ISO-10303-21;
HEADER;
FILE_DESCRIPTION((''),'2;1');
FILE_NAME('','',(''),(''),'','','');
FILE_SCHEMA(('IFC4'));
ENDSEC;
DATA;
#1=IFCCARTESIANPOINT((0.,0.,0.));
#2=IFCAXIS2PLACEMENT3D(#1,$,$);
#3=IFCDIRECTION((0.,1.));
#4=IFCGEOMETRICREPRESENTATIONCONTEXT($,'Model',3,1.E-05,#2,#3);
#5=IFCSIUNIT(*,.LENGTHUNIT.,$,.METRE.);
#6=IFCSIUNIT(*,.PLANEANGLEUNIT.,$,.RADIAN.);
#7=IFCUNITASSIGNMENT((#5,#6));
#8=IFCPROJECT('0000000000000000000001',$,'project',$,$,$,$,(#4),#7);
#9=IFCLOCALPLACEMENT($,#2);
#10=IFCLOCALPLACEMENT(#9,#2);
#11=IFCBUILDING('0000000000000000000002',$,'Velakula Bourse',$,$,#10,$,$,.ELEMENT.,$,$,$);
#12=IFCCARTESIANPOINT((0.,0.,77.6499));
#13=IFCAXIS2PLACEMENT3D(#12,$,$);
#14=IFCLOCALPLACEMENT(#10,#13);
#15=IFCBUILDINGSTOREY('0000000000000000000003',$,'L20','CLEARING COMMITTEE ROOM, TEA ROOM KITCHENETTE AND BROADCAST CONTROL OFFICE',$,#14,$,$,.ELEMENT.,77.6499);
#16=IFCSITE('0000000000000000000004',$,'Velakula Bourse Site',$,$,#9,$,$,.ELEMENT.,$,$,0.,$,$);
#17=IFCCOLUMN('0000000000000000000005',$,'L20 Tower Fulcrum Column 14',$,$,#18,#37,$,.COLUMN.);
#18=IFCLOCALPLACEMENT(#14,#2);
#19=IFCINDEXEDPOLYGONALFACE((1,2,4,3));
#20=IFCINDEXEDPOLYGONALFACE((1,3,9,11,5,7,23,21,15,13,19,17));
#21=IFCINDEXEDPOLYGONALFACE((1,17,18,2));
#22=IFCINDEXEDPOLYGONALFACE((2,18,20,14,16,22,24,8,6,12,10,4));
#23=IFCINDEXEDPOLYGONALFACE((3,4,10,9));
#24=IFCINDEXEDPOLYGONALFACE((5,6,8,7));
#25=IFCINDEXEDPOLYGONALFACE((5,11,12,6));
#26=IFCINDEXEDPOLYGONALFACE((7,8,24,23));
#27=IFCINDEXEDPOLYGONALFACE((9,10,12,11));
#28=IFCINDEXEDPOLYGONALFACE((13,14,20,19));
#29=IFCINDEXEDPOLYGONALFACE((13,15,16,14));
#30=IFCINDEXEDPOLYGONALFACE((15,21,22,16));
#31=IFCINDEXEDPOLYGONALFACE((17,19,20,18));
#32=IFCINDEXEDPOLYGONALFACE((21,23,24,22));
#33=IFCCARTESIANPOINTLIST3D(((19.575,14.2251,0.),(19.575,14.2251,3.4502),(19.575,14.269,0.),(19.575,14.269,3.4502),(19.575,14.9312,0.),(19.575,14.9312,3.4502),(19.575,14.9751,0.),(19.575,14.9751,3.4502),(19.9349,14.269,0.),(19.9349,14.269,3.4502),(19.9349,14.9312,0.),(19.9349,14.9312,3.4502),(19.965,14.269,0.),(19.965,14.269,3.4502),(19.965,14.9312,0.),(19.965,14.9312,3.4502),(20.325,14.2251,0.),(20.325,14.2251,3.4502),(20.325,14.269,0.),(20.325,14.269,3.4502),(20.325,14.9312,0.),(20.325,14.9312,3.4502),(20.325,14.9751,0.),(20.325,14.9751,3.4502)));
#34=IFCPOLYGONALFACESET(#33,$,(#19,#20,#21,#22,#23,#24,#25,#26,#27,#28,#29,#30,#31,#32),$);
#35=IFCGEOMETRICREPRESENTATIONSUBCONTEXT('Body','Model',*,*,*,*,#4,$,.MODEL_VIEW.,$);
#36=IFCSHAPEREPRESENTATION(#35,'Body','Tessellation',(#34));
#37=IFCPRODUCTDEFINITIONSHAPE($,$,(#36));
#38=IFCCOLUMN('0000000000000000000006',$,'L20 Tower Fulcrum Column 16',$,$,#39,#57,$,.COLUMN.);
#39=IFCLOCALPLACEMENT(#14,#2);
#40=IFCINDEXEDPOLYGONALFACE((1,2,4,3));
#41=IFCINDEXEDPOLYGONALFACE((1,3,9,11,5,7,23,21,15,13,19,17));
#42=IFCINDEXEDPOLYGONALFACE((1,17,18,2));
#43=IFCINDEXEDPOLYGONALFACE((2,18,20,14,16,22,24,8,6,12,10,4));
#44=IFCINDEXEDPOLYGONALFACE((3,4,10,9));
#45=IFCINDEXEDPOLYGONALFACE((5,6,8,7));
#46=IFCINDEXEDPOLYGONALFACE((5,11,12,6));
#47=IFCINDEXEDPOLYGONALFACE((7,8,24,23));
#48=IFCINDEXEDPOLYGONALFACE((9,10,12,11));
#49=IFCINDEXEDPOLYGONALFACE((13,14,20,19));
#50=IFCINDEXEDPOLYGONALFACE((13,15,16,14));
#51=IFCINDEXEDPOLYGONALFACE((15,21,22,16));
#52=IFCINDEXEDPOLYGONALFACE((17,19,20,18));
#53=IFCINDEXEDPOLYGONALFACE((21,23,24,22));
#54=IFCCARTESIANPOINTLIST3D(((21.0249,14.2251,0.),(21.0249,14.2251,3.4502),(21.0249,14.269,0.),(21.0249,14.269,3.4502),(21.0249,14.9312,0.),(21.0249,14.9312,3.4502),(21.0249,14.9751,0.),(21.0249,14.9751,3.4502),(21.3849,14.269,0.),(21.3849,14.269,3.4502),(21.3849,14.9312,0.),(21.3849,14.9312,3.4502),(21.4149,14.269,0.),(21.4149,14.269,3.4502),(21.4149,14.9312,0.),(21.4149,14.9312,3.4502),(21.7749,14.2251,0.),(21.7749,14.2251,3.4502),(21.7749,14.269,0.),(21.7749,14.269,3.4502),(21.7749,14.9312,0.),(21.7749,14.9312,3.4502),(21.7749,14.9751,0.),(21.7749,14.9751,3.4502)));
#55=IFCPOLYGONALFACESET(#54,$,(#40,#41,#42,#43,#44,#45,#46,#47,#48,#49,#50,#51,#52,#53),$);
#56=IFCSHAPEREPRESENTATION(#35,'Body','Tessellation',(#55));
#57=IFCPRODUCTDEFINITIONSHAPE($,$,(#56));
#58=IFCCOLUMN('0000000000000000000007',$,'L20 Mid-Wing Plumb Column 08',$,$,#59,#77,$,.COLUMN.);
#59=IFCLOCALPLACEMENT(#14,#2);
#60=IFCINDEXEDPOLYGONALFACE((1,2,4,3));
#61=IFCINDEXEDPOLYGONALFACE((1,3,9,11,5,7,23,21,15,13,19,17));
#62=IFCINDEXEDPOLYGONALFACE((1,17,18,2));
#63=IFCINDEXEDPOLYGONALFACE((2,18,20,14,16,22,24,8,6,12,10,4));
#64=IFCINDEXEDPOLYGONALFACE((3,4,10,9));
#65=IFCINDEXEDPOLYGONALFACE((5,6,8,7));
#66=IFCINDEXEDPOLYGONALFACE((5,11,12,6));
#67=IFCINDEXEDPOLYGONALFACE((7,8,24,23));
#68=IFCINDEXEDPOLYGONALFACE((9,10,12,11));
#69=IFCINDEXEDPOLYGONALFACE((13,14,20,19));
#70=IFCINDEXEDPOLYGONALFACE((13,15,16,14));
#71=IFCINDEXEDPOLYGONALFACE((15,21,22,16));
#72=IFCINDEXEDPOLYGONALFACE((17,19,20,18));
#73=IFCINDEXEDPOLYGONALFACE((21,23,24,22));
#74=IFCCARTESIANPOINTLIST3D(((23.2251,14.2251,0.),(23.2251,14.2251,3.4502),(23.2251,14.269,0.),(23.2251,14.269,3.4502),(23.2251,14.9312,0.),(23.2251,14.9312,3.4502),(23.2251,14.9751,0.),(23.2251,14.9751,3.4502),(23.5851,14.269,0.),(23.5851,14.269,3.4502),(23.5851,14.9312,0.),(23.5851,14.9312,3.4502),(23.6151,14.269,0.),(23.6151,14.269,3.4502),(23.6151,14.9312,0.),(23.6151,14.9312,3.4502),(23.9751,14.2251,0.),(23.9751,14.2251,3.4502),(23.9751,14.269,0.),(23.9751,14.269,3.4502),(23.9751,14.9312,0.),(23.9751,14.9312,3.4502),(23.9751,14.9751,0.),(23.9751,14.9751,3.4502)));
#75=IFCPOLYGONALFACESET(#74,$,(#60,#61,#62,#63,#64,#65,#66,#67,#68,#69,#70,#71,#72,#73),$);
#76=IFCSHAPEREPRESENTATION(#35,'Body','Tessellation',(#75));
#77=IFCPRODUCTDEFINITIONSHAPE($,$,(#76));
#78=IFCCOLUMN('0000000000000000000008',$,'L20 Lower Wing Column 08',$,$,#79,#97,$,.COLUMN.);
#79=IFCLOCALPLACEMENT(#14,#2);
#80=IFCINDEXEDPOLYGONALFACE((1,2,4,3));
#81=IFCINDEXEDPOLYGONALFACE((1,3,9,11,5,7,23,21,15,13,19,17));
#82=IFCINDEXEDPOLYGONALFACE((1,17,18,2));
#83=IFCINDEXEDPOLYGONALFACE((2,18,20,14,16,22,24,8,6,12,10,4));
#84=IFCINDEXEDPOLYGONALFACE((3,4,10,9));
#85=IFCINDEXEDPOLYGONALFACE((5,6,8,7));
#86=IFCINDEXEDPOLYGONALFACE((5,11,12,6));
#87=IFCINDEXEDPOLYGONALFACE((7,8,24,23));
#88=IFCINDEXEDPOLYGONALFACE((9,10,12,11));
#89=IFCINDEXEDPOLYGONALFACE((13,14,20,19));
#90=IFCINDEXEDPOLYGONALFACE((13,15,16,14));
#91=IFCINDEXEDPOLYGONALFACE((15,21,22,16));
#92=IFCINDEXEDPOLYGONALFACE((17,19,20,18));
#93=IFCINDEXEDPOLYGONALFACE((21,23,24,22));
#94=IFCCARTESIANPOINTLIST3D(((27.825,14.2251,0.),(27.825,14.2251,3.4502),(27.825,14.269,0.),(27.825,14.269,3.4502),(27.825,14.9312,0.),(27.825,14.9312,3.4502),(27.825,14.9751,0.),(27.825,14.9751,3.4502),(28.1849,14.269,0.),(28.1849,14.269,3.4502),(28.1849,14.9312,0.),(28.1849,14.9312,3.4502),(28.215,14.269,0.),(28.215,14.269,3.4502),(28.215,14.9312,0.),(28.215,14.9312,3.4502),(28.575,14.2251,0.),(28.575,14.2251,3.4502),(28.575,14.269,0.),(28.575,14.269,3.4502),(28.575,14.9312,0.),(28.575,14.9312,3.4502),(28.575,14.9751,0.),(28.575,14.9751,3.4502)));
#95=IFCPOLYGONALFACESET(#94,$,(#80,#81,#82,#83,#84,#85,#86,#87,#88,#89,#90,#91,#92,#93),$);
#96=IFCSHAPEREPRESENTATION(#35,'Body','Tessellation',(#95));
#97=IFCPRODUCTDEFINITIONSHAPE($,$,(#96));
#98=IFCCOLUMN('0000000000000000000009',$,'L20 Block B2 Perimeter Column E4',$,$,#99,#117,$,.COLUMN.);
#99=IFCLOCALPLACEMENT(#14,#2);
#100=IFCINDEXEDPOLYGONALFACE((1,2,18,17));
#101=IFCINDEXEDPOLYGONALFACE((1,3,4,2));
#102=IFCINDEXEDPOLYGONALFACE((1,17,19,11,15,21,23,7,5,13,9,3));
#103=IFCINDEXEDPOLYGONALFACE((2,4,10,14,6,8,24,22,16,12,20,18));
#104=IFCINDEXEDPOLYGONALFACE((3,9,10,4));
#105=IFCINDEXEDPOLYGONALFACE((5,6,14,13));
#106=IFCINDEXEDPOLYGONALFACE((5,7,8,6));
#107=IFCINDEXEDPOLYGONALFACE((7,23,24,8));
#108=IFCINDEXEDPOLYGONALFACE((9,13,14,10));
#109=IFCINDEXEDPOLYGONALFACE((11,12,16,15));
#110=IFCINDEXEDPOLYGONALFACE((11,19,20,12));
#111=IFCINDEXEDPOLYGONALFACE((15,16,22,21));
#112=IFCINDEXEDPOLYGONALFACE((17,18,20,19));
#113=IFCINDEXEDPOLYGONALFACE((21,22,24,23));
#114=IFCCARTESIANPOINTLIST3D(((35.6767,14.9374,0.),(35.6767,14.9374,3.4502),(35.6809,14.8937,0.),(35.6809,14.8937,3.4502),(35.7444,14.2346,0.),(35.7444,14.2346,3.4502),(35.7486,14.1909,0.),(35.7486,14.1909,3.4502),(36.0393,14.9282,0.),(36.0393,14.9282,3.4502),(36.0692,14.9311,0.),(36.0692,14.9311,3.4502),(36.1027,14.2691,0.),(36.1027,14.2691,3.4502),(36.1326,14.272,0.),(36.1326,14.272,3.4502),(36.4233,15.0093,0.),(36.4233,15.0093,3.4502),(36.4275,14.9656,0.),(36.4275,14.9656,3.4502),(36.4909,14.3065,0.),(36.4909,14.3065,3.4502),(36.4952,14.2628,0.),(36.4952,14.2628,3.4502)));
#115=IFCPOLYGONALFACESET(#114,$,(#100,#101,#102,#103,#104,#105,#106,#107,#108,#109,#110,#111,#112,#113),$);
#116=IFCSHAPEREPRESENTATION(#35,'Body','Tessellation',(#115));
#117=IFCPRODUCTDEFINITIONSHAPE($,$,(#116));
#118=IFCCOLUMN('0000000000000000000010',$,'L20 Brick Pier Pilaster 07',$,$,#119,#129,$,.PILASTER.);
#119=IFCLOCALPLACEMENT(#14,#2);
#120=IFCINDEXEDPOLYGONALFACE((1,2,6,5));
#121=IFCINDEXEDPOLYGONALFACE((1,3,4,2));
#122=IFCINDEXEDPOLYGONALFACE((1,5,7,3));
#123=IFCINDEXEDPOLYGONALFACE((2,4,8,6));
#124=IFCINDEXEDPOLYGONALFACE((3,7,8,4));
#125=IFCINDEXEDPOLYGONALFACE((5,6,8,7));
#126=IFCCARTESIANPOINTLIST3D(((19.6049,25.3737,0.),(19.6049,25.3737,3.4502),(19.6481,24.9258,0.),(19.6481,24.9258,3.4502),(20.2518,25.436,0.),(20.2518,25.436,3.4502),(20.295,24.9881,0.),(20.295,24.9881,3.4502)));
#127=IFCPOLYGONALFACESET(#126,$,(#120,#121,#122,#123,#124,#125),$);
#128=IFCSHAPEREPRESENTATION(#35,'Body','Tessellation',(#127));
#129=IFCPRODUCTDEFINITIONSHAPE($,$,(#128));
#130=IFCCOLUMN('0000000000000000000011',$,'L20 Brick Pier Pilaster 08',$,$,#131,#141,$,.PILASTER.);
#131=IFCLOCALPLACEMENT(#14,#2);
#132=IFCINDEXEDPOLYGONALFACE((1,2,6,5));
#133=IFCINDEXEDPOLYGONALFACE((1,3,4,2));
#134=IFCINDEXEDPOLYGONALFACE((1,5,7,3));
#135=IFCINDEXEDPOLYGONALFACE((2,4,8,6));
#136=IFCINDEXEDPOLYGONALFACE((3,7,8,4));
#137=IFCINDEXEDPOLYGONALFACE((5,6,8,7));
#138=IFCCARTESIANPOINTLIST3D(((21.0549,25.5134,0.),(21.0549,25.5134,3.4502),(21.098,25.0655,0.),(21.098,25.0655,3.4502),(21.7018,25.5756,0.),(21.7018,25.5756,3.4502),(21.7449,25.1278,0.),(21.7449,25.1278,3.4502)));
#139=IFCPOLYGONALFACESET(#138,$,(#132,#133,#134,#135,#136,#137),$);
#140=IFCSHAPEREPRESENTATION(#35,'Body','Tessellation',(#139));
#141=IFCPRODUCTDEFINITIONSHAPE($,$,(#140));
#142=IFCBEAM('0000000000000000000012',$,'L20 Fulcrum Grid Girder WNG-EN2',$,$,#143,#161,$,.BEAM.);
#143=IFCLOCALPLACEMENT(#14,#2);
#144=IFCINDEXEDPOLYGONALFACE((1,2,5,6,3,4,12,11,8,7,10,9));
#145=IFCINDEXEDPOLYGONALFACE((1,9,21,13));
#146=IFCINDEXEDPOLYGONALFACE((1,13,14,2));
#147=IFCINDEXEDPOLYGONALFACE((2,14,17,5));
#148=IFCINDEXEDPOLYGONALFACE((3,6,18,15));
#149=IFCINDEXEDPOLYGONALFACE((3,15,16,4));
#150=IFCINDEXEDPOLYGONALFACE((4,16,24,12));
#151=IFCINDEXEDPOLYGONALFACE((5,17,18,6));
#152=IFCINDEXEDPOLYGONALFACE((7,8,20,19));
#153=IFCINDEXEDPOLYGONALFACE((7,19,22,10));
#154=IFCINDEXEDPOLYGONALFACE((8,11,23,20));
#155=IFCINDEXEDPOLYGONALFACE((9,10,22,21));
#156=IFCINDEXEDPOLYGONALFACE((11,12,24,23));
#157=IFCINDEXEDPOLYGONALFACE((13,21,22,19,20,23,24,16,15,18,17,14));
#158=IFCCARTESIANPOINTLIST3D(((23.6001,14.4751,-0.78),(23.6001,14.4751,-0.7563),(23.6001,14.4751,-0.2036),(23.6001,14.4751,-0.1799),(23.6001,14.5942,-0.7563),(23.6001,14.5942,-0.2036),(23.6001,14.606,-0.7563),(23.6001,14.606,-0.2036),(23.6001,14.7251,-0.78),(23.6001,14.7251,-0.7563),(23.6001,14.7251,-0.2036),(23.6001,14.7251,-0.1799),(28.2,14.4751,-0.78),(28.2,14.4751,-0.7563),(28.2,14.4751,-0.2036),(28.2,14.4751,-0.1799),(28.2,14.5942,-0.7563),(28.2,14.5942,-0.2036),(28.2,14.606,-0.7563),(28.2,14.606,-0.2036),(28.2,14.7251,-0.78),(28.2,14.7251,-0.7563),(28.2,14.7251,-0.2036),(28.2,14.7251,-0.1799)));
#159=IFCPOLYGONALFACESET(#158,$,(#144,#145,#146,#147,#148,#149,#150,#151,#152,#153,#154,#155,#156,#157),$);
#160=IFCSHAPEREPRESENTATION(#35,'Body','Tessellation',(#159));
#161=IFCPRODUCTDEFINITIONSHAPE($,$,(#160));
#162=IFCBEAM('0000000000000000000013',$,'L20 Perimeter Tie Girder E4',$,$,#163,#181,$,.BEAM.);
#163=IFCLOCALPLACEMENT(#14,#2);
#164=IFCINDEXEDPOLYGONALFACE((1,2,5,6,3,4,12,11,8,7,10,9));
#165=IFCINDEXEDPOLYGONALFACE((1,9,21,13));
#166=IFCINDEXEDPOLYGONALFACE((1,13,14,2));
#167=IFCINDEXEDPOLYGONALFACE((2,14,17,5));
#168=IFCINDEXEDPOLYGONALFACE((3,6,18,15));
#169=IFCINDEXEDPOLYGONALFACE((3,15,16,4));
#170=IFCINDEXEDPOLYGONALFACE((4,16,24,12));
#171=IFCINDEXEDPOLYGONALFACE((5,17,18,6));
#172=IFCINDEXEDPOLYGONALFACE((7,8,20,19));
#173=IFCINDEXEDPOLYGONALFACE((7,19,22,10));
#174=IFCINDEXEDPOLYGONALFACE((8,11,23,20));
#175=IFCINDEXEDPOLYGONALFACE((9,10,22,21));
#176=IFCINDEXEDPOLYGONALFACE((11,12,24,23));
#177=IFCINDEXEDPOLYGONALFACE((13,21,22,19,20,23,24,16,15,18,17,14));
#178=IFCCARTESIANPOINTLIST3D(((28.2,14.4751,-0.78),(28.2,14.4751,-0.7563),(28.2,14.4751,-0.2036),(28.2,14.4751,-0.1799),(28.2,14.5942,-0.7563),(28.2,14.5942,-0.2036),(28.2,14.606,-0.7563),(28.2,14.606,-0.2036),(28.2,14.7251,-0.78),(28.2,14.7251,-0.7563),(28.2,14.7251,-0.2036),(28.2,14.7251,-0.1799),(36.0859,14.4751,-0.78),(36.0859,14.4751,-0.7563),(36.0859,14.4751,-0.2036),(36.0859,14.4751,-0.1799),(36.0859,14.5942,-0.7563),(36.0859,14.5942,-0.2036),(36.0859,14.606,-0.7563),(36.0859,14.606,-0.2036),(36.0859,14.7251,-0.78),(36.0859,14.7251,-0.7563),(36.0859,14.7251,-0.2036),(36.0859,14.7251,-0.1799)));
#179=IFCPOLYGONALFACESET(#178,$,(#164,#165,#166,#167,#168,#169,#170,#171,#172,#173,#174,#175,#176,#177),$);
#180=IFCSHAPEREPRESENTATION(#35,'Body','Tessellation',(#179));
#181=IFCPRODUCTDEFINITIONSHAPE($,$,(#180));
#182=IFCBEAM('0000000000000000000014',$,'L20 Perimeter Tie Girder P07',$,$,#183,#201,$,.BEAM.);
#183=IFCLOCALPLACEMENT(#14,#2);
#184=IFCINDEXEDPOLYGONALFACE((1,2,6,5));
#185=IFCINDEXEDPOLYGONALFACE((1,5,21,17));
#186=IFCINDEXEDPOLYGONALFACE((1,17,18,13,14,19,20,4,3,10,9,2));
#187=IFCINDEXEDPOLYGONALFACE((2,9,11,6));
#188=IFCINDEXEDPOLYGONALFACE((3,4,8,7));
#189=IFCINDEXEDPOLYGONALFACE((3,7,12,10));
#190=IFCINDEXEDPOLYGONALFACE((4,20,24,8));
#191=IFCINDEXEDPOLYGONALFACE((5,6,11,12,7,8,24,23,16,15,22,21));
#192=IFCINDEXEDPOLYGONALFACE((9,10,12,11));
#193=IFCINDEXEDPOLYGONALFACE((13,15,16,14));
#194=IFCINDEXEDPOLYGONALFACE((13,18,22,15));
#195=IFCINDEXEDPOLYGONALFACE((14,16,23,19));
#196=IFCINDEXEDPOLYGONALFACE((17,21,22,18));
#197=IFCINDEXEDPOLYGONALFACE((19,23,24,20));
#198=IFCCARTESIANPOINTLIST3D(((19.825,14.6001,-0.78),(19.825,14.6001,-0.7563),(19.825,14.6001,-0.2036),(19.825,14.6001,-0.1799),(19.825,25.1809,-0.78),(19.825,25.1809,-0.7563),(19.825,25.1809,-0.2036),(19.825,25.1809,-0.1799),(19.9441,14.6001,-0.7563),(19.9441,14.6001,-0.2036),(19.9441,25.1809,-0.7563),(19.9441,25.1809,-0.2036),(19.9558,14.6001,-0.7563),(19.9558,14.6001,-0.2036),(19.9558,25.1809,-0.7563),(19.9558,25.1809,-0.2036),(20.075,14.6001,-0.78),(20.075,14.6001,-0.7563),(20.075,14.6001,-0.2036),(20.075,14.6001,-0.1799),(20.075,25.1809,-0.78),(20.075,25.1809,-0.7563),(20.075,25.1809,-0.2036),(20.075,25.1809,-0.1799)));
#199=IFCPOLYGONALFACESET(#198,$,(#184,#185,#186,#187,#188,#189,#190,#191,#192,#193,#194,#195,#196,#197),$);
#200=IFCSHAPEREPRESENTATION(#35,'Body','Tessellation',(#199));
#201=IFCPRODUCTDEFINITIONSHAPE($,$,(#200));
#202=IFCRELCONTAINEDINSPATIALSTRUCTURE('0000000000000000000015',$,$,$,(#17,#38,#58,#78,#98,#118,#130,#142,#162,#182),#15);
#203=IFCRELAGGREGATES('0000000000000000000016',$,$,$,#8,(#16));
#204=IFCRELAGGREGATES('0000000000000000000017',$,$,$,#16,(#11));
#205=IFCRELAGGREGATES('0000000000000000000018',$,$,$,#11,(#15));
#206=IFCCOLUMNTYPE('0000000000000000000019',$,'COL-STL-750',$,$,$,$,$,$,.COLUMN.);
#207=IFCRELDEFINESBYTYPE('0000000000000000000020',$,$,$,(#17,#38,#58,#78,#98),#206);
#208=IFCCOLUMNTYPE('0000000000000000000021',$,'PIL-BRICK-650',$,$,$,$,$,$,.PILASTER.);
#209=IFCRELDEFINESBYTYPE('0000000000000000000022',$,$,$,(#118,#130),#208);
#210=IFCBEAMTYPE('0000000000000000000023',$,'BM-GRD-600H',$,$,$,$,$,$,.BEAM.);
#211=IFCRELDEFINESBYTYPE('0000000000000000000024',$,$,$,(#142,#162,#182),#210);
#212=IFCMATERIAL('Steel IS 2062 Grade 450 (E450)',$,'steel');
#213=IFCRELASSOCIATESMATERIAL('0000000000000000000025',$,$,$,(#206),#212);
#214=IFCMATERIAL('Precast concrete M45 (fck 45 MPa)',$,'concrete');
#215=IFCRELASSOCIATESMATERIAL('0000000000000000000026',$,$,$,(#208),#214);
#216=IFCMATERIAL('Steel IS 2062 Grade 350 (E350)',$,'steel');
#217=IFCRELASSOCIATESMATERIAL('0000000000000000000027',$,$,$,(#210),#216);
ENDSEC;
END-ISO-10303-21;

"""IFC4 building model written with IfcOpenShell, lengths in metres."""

from ifc_helpers import new_model, si_unit, direction, frame, origin, origin_2d, place, context, subcontext, project, spatial, rectangle, i_section, extrude, material, material_profile, profile_set, type_object, element, save


model = new_model("IFC4")

# Units and contexts
model_context = context("Model", 3, precision=1e-05, world=origin(), true_north=direction((0.0, 1.0)))
body_context = subcontext(model_context, "Body", "Model", "MODEL_VIEW")
ifc_project = project(units=[si_unit("LENGTHUNIT", "METRE"), si_unit("PLANEANGLEUNIT", "RADIAN")], contexts=[model_context])

# Site, building, storey
site_placement = place(None, origin())
site = spatial("IfcSite", under=ifc_project, at=site_placement, Name="Velakula Bourse Site", CompositionType="ELEMENT", RefElevation=0.0)
building_placement = place(site_placement, origin())
building = spatial("IfcBuilding", under=site, at=building_placement, Name="Velakula Bourse", CompositionType="ELEMENT")
storey_placement = place(building_placement, frame((0.0, 0.0, 77.6499)))
storey = spatial("IfcBuildingStorey", under=building, at=storey_placement, Name="L20", Description="CLEARING COMMITTEE ROOM, TEA ROOM KITCHENETTE AND BROADCAST CONTROL OFFICE", CompositionType="ELEMENT", Elevation=77.6499)

# Columns
ifc_material_1 = material(Name="Steel IS 2062 Grade 450 (E450)", Category="steel")
ifc_material_profile_1 = material_profile(ifc_material_1, i_section(OverallWidth=0.75, OverallDepth=0.75, WebThickness=0.03, FlangeThickness=0.0439, at=origin_2d()), Name="Steel IS 2062 Grade 450 (E450)")
ifc_profile_set_1 = profile_set([ifc_material_profile_1], Name="Steel IS 2062 Grade 450 (E450)")
column_type_1 = type_object("IfcColumnType", Name="COL-STL-750", PredefinedType="COLUMN", material=ifc_profile_set_1)
for number, where, z_axis, x_axis, name in (
    (1, (19.95, 14.6001, 0.0), (0.0, 0.0, 1.0), (1.0, 0.0, 0.0), "L20 Tower Fulcrum Column 14"),
    (2, (21.3999, 14.6001, 0.0), (0.0, 0.0, 1.0), (1.0, 0.0, 0.0), "L20 Tower Fulcrum Column 16"),
    (3, (23.6001, 14.6001, 0.0), (0.0, 0.0, 1.0), (1.0, 0.0, 0.0), "L20 Mid-Wing Plumb Column 08"),
    (4, (28.2, 14.6001, 0.0), (0.0, 0.0, 1.0), (1.0, 0.0, 0.0), "L20 Lower Wing Column 08"),
    (5, (36.0859, 14.6001, 0.0), (0.0, 0.0, 1.0), (0.995396, 0.095846, 0.0), "L20 Block B2 Perimeter Column E4"),
):
    element("IfcColumn", number, at=place(storey_placement, frame(where, z_axis=z_axis, x_axis=x_axis)), inside=storey, type_object=column_type_1, Name=name, PredefinedType="COLUMN", context=body_context, shape_type="SweptSolid", body=[
        extrude(i_section(OverallWidth=0.75, OverallDepth=0.75, WebThickness=0.03, FlangeThickness=0.0439, at=origin_2d()), origin(), (0.0, 0.0, 1.0), 3.4502),
    ])
ifc_material_2 = material(Name="Precast concrete M45 (fck 45 MPa)", Category="concrete")
ifc_material_profile_2 = material_profile(ifc_material_2, rectangle(XDim=0.6499, YDim=0.45, at=origin_2d()), Name="Precast concrete M45 (fck 45 MPa)")
ifc_profile_set_2 = profile_set([ifc_material_profile_2], Name="Precast concrete M45 (fck 45 MPa)")
column_type_2 = type_object("IfcColumnType", Name="PIL-BRICK-650", PredefinedType="PILASTER", material=ifc_profile_set_2)
for number, where, z_axis, x_axis, name in (
    (6, (19.95, 25.1809, 0.0), (0.0, 0.0, 1.0), (0.995396, 0.095846, 0.0), "L20 Brick Pier Pilaster 07"),
    (7, (21.3999, 25.3206, 0.0), (0.0, 0.0, 1.0), (0.995396, 0.095846, 0.0), "L20 Brick Pier Pilaster 08"),
):
    element("IfcColumn", number, at=place(storey_placement, frame(where, z_axis=z_axis, x_axis=x_axis)), inside=storey, type_object=column_type_2, Name=name, PredefinedType="PILASTER", context=body_context, shape_type="SweptSolid", body=[
        extrude(rectangle(XDim=0.6499, YDim=0.45, at=origin_2d()), origin(), (0.0, 0.0, 1.0), 3.4502),
    ])

# Beams
ifc_material_3 = material(Name="Steel IS 2062 Grade 350 (E350)", Category="steel")
ifc_material_profile_3 = material_profile(ifc_material_3, i_section(OverallWidth=0.25, OverallDepth=0.6001, WebThickness=0.0117, FlangeThickness=0.0237, at=origin_2d()), Name="Steel IS 2062 Grade 350 (E350)")
ifc_profile_set_3 = profile_set([ifc_material_profile_3], Name="Steel IS 2062 Grade 350 (E350)")
beam_type_1 = type_object("IfcBeamType", Name="BM-GRD-600H", PredefinedType="BEAM", material=ifc_profile_set_3)
beam_1_placement = place(storey_placement, frame((23.6001, 14.6001, -0.48), z_axis=(1.0, 0.0, 0.0), x_axis=(0.0, 1.0, 0.0)))
element("IfcBeam", 8, at=beam_1_placement, inside=storey, type_object=beam_type_1, Name="L20 Fulcrum Grid Girder WNG-EN2", PredefinedType="BEAM", context=body_context, shape_type="SweptSolid", body=[
    extrude(i_section(OverallWidth=0.25, OverallDepth=0.6001, WebThickness=0.0117, FlangeThickness=0.0237, at=origin_2d()), origin(), (0.0, 0.0, 1.0), 4.5999),
])
beam_2_placement = place(storey_placement, frame((28.2, 14.6001, -0.48), z_axis=(1.0, 0.0, 0.0), x_axis=(0.0, 1.0, 0.0)))
element("IfcBeam", 9, at=beam_2_placement, inside=storey, type_object=beam_type_1, Name="L20 Perimeter Tie Girder E4", PredefinedType="BEAM", context=body_context, shape_type="SweptSolid", body=[
    extrude(i_section(OverallWidth=0.25, OverallDepth=0.6001, WebThickness=0.0117, FlangeThickness=0.0237, at=origin_2d()), origin(), (0.0, 0.0, 1.0), 7.886),
])
beam_3_placement = place(storey_placement, frame((19.95, 14.6001, -0.48), z_axis=(0.0, 1.0, 0.0), x_axis=(-1.0, 0.0, 0.0)))
element("IfcBeam", 10, at=beam_3_placement, inside=storey, type_object=beam_type_1, Name="L20 Perimeter Tie Girder P07", PredefinedType="BEAM", context=body_context, shape_type="SweptSolid", body=[
    extrude(i_section(OverallWidth=0.25, OverallDepth=0.6001, WebThickness=0.0117, FlangeThickness=0.0237, at=origin_2d()), origin(), (0.0, 0.0, 1.0), 10.5808),
])

save(model, "model.ifc")
